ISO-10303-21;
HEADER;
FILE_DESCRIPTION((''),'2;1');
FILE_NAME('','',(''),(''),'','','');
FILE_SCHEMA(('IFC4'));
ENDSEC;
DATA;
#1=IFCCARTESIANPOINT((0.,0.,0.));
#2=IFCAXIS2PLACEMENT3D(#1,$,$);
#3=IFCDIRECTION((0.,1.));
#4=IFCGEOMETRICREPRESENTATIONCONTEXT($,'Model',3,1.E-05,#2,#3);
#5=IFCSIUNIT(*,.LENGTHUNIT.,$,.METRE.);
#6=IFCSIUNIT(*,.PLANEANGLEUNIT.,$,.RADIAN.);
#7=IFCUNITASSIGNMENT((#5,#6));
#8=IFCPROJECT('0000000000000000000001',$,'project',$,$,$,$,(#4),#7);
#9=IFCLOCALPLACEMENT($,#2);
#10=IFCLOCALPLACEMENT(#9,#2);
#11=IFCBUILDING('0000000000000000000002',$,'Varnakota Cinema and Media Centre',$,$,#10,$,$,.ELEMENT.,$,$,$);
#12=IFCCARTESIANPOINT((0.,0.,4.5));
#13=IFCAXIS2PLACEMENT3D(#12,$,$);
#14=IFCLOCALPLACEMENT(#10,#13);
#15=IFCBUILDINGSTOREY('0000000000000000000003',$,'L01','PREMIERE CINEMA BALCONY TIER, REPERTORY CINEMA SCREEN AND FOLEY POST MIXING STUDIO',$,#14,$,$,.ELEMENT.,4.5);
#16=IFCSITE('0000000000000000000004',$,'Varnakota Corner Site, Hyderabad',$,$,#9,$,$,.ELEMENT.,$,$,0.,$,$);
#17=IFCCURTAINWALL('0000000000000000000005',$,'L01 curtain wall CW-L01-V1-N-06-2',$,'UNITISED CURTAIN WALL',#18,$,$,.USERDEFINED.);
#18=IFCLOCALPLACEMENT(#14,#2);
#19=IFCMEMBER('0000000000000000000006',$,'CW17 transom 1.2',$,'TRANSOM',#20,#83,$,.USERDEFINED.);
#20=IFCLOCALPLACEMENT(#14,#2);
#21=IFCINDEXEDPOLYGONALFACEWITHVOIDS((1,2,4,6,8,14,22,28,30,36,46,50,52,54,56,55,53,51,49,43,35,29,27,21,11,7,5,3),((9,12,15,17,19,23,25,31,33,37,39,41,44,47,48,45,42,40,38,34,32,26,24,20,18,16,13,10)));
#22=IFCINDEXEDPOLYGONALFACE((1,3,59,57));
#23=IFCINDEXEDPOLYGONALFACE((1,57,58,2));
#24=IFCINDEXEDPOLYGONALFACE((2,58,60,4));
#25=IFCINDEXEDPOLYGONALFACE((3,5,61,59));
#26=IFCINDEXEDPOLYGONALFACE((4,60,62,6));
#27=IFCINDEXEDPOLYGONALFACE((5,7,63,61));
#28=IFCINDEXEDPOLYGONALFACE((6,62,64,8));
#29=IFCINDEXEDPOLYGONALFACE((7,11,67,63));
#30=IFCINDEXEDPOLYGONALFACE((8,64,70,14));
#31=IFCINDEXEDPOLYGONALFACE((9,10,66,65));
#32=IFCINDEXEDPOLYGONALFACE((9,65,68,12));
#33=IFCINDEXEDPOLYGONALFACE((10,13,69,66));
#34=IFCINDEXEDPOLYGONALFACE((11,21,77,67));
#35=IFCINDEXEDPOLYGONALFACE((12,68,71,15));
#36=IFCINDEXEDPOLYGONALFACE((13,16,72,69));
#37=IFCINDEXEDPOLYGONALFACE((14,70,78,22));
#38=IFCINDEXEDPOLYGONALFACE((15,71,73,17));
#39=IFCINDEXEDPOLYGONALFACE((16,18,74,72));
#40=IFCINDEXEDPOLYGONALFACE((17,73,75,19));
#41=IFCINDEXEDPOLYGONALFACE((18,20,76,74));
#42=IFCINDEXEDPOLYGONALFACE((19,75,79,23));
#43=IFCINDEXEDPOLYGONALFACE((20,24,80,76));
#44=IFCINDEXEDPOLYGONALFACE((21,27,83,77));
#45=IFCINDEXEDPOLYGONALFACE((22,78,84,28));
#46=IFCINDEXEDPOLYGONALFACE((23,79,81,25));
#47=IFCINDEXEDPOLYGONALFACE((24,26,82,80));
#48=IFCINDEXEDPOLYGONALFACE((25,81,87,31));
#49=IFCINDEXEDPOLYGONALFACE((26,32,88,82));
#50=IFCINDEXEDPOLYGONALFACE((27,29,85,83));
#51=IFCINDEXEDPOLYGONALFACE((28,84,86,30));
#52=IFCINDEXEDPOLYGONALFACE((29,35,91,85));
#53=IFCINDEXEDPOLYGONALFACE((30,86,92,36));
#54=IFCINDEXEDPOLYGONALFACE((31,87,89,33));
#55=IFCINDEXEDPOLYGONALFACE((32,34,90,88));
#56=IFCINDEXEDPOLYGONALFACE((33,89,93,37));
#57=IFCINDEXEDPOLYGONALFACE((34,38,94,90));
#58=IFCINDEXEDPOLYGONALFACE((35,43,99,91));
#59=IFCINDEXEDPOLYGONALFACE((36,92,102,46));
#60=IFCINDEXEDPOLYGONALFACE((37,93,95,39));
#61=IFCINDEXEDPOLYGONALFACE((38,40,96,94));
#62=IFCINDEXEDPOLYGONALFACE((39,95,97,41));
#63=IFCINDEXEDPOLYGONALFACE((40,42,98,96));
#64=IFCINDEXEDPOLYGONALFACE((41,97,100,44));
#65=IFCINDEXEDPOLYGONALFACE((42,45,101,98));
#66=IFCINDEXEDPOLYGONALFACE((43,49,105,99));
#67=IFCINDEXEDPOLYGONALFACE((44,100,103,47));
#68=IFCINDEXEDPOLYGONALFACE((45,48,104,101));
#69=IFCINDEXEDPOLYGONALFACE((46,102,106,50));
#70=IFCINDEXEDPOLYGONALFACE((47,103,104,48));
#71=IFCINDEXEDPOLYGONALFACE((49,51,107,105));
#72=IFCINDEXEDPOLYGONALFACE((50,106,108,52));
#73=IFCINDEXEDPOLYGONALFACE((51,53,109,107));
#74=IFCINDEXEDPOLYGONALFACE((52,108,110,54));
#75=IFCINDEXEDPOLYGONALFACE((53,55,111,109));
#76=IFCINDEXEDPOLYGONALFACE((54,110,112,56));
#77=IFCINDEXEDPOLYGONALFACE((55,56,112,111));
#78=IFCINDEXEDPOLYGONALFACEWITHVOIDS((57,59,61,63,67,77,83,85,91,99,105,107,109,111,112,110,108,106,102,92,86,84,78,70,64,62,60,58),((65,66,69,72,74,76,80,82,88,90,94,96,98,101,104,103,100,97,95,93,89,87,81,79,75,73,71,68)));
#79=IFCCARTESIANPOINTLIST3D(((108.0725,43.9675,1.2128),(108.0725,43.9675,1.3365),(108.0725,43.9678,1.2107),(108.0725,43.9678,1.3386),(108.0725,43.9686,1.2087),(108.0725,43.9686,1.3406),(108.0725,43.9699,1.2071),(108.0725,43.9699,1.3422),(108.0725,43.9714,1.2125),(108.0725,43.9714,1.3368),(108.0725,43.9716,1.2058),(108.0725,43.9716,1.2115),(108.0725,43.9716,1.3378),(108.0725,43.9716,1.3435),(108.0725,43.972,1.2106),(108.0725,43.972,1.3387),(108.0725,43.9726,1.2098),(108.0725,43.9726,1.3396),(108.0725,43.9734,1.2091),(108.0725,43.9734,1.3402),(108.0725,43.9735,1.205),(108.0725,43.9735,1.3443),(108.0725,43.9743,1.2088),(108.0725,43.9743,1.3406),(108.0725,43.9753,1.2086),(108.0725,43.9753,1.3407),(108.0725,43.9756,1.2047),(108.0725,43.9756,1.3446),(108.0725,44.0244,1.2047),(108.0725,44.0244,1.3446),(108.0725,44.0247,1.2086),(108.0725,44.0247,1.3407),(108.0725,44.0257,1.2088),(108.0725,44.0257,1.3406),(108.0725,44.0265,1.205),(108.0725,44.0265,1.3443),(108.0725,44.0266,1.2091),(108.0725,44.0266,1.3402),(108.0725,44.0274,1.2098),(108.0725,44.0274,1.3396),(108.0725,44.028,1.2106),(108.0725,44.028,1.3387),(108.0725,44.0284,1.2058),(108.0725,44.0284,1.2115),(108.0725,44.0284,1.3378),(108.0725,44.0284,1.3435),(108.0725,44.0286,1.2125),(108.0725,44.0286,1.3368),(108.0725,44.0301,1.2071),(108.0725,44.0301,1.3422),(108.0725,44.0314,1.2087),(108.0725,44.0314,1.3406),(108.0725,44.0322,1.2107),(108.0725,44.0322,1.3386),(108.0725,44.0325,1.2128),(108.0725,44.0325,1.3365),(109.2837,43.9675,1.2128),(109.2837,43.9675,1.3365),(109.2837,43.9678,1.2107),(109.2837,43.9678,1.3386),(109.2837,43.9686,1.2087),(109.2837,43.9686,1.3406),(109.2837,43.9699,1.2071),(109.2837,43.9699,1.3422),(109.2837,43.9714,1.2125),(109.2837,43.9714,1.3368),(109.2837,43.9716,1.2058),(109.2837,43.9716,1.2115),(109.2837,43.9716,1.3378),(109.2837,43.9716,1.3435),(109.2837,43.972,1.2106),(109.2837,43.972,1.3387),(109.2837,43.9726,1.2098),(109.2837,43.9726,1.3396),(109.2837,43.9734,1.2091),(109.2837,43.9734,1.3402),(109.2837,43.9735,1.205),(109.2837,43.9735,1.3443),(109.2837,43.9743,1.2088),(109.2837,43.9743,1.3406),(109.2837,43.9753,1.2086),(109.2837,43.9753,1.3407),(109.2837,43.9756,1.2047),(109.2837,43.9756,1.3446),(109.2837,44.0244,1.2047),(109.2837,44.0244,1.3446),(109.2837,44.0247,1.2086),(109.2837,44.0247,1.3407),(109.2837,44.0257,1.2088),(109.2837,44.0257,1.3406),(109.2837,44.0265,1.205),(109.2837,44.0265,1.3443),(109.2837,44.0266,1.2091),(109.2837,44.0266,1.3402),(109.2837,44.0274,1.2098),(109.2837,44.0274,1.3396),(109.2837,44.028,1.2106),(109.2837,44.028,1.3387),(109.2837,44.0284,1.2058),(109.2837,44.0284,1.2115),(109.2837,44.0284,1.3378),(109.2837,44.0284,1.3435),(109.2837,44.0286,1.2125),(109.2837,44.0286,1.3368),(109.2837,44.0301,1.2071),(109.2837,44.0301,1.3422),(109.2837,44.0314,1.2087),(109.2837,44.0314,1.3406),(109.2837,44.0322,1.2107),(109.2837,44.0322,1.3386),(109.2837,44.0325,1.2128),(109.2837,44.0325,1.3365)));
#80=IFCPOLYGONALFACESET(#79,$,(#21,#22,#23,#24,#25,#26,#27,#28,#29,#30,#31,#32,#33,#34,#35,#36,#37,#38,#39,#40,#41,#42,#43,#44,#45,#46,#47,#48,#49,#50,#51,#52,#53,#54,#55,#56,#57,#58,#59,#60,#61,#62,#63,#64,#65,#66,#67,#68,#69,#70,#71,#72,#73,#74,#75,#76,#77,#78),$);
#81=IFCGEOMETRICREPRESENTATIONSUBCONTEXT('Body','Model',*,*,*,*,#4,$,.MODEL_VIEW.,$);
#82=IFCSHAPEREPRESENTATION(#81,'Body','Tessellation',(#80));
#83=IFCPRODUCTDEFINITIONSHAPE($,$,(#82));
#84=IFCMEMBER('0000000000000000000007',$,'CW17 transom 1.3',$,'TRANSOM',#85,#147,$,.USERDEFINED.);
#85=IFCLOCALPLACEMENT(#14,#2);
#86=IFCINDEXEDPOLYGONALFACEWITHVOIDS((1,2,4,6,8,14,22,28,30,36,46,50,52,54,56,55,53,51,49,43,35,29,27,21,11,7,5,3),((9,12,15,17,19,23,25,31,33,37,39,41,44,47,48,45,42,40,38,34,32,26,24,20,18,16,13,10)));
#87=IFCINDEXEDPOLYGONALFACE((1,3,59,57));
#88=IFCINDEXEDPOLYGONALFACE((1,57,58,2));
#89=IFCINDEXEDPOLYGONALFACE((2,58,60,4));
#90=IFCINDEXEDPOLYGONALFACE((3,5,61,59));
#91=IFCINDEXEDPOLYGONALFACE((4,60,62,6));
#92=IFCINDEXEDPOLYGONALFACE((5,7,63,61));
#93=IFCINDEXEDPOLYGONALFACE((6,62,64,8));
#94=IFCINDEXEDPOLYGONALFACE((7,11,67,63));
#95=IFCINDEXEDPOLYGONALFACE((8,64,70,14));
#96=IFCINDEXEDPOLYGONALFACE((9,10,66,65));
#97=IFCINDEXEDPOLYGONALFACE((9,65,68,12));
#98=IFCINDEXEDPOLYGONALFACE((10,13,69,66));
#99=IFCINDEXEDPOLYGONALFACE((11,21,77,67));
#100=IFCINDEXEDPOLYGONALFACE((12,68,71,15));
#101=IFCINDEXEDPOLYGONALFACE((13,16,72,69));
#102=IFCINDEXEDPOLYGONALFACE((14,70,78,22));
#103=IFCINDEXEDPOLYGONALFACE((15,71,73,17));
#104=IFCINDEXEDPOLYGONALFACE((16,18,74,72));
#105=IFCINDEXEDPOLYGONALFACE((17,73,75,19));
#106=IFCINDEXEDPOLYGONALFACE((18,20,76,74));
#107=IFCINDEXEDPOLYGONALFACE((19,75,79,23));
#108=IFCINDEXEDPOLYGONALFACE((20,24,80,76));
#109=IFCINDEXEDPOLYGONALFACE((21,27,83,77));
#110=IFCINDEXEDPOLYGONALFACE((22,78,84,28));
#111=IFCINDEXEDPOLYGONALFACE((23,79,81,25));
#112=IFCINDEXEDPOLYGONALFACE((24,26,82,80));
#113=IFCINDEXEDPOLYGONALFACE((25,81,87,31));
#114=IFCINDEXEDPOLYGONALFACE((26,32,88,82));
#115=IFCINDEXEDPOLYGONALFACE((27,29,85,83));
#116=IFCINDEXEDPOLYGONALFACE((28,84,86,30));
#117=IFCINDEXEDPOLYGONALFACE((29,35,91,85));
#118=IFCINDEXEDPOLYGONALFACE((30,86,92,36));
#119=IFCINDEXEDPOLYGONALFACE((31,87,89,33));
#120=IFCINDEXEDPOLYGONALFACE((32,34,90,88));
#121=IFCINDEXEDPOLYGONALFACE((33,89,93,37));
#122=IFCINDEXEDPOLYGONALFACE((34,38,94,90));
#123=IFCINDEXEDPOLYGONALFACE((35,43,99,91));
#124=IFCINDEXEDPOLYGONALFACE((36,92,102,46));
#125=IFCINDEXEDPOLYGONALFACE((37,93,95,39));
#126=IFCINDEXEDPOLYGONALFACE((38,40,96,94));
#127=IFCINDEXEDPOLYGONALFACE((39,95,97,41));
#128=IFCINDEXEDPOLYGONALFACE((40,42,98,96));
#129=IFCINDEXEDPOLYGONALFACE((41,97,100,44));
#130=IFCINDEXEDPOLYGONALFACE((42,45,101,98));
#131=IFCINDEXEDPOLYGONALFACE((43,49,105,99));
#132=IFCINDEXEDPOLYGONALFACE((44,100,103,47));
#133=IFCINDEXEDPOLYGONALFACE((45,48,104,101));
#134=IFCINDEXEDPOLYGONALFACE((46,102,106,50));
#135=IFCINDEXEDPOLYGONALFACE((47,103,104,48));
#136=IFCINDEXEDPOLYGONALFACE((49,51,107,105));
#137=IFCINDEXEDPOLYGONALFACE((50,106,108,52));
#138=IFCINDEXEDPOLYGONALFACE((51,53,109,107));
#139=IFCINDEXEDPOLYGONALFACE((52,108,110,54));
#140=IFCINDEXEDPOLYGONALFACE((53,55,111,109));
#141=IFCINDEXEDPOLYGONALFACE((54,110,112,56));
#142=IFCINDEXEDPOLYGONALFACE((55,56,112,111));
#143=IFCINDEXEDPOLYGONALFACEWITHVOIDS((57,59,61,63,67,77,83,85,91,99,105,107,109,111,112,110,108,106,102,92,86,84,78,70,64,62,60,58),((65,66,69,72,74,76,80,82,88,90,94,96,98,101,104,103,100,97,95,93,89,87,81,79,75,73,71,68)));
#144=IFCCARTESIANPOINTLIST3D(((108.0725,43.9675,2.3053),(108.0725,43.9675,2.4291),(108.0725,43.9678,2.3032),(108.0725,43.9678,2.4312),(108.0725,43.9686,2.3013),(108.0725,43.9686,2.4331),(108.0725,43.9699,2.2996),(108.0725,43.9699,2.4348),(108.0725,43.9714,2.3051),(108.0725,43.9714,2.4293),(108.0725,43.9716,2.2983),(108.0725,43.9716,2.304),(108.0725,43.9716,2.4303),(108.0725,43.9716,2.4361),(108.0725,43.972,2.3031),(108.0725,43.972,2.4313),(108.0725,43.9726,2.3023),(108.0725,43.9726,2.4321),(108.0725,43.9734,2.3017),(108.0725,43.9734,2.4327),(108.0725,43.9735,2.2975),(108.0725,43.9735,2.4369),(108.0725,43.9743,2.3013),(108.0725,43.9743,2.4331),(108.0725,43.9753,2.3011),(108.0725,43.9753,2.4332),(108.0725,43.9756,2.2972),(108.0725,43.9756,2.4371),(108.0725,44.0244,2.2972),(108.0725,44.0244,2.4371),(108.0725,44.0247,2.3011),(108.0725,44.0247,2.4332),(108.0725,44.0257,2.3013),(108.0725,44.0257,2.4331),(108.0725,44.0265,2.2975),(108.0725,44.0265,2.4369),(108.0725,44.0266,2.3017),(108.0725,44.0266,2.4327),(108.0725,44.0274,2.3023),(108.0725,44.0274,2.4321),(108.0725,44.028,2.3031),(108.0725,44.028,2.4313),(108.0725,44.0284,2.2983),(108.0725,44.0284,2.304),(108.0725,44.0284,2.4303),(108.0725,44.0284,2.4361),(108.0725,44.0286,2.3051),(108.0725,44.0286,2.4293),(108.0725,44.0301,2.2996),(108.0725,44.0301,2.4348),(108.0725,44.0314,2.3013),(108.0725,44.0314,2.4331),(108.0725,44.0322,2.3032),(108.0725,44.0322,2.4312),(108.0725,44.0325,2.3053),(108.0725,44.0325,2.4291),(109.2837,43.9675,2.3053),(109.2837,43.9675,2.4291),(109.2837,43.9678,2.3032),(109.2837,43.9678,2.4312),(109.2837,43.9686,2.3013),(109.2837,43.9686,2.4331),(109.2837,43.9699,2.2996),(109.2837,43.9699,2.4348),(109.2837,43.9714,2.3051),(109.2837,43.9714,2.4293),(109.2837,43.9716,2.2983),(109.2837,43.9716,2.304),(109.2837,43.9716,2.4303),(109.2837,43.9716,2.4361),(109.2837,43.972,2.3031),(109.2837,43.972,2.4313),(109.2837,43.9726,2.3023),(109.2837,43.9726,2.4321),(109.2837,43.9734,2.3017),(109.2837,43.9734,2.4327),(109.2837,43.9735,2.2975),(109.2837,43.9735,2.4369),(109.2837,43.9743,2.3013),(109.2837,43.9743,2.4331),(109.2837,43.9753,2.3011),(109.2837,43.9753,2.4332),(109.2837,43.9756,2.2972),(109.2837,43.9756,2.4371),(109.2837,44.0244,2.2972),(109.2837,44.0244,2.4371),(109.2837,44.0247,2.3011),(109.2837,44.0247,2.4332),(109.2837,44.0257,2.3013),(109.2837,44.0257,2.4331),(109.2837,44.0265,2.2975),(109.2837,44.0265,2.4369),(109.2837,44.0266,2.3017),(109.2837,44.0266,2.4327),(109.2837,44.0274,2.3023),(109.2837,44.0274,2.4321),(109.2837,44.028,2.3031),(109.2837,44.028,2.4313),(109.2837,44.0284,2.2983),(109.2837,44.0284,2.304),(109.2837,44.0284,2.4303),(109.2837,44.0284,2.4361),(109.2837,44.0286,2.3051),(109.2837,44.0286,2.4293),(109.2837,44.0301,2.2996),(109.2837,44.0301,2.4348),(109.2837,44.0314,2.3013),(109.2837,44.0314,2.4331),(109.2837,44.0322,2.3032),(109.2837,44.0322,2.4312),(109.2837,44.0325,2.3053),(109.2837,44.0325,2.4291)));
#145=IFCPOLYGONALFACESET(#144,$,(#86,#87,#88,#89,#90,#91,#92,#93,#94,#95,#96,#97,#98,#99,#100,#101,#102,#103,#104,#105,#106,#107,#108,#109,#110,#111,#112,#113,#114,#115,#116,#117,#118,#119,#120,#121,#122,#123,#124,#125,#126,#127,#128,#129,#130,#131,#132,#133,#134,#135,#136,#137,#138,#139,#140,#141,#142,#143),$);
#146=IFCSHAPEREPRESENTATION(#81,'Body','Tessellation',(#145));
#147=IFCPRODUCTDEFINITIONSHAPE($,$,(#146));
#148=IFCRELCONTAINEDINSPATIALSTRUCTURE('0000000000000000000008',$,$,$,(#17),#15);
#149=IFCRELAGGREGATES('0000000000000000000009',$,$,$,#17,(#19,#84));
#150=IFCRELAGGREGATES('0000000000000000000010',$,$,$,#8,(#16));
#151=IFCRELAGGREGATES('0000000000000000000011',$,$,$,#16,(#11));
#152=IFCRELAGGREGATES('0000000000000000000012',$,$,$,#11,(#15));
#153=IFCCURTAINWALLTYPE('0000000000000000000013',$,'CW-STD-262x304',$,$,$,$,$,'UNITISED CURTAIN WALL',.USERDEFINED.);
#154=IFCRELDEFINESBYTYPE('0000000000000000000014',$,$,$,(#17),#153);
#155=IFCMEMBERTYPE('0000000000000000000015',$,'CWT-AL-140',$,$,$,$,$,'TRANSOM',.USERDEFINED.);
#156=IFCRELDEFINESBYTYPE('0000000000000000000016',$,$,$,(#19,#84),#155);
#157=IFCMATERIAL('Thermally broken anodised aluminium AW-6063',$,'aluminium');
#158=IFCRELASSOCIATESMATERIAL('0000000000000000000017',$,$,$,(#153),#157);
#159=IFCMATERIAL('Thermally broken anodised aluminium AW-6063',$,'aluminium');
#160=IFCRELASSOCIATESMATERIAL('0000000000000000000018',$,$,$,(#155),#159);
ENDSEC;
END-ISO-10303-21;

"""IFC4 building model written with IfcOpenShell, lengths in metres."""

from ifc_helpers import new_model, si_unit, direction, frame, origin, origin_2d, place, context, subcontext, project, spatial, hollow_rectangle, extrude, material, material_profile, profile_set, type_object, element, aggregate, save


model = new_model("IFC4")

# Units and contexts
model_context = context("Model", 3, precision=1e-05, world=origin(), true_north=direction((0.0, 1.0)))
body_context = subcontext(model_context, "Body", "Model", "MODEL_VIEW")
ifc_project = project(units=[si_unit("LENGTHUNIT", "METRE"), si_unit("PLANEANGLEUNIT", "RADIAN")], contexts=[model_context])

# Site, building, storey
site_placement = place(None, origin())
site = spatial("IfcSite", under=ifc_project, at=site_placement, Name="Varnakota Corner Site, Hyderabad", CompositionType="ELEMENT", RefElevation=0.0)
building_placement = place(site_placement, origin())
building = spatial("IfcBuilding", under=site, at=building_placement, Name="Varnakota Cinema and Media Centre", CompositionType="ELEMENT")
storey_placement = place(building_placement, frame((0.0, 0.0, 4.5)))
storey = spatial("IfcBuildingStorey", under=building, at=storey_placement, Name="L01", Description="PREMIERE CINEMA BALCONY TIER, REPERTORY CINEMA SCREEN AND FOLEY POST MIXING STUDIO", CompositionType="ELEMENT", Elevation=4.5)

# Shared definitions
ifc_material_1 = material(Name="Thermally broken anodised aluminium AW-6063", Category="aluminium")
curtain_wall_type = type_object("IfcCurtainWallType", Name="CW-STD-262x304", ElementType="UNITISED CURTAIN WALL", PredefinedType="USERDEFINED", material=ifc_material_1)

# Curtain wall
curtain_wall_1_placement = place(storey_placement, origin())
curtain_wall_1 = element("IfcCurtainWall", 1, at=curtain_wall_1_placement, inside=storey, type_object=curtain_wall_type, Name="L01 curtain wall CW-L01-V1-N-06-2", ObjectType="UNITISED CURTAIN WALL", PredefinedType="USERDEFINED")

# Members
ifc_material_2 = material(Name="Thermally broken anodised aluminium AW-6063", Category="aluminium")
ifc_material_profile_1 = material_profile(ifc_material_2, hollow_rectangle(XDim=0.0649, YDim=0.1399, WallThickness=0.0039, InnerFilletRadius=0.0039, OuterFilletRadius=0.0081, at=origin_2d()), Name="AL-TRANSOM 140x65x4")
ifc_profile_set_1 = profile_set([ifc_material_profile_1], Name="Thermally broken anodised aluminium AW-6063")
member_type_1 = type_object("IfcMemberType", Name="CWT-AL-140", ElementType="TRANSOM", PredefinedType="USERDEFINED", material=ifc_profile_set_1)
member_1_placement = place(storey_placement, frame((108.0725, 44.0, 1.2747), z_axis=(1.0, 0.0, 0.0), x_axis=(0.0, 1.0, 0.0)))
member_1 = element("IfcMember", 2, at=member_1_placement, type_object=member_type_1, Name="CW17 transom 1.2", ObjectType="TRANSOM", PredefinedType="USERDEFINED", context=body_context, shape_type="SweptSolid", body=[
    extrude(hollow_rectangle(XDim=0.0649, YDim=0.1399, WallThickness=0.0039, InnerFilletRadius=0.0039, OuterFilletRadius=0.0081, at=origin_2d()), origin(), (0.0, 0.0, 1.0), 1.2112),
])
member_2_placement = place(storey_placement, frame((108.0725, 44.0, 2.3672), z_axis=(1.0, 0.0, 0.0), x_axis=(0.0, 1.0, 0.0)))
member_2 = element("IfcMember", 3, at=member_2_placement, type_object=member_type_1, Name="CW17 transom 1.3", ObjectType="TRANSOM", PredefinedType="USERDEFINED", context=body_context, shape_type="SweptSolid", body=[
    extrude(hollow_rectangle(XDim=0.0649, YDim=0.1399, WallThickness=0.0039, InnerFilletRadius=0.0039, OuterFilletRadius=0.0081, at=origin_2d()), origin(), (0.0, 0.0, 1.0), 1.2112),
])

aggregate(curtain_wall_1, [member_1, member_2])

save(model, "model.ifc")
